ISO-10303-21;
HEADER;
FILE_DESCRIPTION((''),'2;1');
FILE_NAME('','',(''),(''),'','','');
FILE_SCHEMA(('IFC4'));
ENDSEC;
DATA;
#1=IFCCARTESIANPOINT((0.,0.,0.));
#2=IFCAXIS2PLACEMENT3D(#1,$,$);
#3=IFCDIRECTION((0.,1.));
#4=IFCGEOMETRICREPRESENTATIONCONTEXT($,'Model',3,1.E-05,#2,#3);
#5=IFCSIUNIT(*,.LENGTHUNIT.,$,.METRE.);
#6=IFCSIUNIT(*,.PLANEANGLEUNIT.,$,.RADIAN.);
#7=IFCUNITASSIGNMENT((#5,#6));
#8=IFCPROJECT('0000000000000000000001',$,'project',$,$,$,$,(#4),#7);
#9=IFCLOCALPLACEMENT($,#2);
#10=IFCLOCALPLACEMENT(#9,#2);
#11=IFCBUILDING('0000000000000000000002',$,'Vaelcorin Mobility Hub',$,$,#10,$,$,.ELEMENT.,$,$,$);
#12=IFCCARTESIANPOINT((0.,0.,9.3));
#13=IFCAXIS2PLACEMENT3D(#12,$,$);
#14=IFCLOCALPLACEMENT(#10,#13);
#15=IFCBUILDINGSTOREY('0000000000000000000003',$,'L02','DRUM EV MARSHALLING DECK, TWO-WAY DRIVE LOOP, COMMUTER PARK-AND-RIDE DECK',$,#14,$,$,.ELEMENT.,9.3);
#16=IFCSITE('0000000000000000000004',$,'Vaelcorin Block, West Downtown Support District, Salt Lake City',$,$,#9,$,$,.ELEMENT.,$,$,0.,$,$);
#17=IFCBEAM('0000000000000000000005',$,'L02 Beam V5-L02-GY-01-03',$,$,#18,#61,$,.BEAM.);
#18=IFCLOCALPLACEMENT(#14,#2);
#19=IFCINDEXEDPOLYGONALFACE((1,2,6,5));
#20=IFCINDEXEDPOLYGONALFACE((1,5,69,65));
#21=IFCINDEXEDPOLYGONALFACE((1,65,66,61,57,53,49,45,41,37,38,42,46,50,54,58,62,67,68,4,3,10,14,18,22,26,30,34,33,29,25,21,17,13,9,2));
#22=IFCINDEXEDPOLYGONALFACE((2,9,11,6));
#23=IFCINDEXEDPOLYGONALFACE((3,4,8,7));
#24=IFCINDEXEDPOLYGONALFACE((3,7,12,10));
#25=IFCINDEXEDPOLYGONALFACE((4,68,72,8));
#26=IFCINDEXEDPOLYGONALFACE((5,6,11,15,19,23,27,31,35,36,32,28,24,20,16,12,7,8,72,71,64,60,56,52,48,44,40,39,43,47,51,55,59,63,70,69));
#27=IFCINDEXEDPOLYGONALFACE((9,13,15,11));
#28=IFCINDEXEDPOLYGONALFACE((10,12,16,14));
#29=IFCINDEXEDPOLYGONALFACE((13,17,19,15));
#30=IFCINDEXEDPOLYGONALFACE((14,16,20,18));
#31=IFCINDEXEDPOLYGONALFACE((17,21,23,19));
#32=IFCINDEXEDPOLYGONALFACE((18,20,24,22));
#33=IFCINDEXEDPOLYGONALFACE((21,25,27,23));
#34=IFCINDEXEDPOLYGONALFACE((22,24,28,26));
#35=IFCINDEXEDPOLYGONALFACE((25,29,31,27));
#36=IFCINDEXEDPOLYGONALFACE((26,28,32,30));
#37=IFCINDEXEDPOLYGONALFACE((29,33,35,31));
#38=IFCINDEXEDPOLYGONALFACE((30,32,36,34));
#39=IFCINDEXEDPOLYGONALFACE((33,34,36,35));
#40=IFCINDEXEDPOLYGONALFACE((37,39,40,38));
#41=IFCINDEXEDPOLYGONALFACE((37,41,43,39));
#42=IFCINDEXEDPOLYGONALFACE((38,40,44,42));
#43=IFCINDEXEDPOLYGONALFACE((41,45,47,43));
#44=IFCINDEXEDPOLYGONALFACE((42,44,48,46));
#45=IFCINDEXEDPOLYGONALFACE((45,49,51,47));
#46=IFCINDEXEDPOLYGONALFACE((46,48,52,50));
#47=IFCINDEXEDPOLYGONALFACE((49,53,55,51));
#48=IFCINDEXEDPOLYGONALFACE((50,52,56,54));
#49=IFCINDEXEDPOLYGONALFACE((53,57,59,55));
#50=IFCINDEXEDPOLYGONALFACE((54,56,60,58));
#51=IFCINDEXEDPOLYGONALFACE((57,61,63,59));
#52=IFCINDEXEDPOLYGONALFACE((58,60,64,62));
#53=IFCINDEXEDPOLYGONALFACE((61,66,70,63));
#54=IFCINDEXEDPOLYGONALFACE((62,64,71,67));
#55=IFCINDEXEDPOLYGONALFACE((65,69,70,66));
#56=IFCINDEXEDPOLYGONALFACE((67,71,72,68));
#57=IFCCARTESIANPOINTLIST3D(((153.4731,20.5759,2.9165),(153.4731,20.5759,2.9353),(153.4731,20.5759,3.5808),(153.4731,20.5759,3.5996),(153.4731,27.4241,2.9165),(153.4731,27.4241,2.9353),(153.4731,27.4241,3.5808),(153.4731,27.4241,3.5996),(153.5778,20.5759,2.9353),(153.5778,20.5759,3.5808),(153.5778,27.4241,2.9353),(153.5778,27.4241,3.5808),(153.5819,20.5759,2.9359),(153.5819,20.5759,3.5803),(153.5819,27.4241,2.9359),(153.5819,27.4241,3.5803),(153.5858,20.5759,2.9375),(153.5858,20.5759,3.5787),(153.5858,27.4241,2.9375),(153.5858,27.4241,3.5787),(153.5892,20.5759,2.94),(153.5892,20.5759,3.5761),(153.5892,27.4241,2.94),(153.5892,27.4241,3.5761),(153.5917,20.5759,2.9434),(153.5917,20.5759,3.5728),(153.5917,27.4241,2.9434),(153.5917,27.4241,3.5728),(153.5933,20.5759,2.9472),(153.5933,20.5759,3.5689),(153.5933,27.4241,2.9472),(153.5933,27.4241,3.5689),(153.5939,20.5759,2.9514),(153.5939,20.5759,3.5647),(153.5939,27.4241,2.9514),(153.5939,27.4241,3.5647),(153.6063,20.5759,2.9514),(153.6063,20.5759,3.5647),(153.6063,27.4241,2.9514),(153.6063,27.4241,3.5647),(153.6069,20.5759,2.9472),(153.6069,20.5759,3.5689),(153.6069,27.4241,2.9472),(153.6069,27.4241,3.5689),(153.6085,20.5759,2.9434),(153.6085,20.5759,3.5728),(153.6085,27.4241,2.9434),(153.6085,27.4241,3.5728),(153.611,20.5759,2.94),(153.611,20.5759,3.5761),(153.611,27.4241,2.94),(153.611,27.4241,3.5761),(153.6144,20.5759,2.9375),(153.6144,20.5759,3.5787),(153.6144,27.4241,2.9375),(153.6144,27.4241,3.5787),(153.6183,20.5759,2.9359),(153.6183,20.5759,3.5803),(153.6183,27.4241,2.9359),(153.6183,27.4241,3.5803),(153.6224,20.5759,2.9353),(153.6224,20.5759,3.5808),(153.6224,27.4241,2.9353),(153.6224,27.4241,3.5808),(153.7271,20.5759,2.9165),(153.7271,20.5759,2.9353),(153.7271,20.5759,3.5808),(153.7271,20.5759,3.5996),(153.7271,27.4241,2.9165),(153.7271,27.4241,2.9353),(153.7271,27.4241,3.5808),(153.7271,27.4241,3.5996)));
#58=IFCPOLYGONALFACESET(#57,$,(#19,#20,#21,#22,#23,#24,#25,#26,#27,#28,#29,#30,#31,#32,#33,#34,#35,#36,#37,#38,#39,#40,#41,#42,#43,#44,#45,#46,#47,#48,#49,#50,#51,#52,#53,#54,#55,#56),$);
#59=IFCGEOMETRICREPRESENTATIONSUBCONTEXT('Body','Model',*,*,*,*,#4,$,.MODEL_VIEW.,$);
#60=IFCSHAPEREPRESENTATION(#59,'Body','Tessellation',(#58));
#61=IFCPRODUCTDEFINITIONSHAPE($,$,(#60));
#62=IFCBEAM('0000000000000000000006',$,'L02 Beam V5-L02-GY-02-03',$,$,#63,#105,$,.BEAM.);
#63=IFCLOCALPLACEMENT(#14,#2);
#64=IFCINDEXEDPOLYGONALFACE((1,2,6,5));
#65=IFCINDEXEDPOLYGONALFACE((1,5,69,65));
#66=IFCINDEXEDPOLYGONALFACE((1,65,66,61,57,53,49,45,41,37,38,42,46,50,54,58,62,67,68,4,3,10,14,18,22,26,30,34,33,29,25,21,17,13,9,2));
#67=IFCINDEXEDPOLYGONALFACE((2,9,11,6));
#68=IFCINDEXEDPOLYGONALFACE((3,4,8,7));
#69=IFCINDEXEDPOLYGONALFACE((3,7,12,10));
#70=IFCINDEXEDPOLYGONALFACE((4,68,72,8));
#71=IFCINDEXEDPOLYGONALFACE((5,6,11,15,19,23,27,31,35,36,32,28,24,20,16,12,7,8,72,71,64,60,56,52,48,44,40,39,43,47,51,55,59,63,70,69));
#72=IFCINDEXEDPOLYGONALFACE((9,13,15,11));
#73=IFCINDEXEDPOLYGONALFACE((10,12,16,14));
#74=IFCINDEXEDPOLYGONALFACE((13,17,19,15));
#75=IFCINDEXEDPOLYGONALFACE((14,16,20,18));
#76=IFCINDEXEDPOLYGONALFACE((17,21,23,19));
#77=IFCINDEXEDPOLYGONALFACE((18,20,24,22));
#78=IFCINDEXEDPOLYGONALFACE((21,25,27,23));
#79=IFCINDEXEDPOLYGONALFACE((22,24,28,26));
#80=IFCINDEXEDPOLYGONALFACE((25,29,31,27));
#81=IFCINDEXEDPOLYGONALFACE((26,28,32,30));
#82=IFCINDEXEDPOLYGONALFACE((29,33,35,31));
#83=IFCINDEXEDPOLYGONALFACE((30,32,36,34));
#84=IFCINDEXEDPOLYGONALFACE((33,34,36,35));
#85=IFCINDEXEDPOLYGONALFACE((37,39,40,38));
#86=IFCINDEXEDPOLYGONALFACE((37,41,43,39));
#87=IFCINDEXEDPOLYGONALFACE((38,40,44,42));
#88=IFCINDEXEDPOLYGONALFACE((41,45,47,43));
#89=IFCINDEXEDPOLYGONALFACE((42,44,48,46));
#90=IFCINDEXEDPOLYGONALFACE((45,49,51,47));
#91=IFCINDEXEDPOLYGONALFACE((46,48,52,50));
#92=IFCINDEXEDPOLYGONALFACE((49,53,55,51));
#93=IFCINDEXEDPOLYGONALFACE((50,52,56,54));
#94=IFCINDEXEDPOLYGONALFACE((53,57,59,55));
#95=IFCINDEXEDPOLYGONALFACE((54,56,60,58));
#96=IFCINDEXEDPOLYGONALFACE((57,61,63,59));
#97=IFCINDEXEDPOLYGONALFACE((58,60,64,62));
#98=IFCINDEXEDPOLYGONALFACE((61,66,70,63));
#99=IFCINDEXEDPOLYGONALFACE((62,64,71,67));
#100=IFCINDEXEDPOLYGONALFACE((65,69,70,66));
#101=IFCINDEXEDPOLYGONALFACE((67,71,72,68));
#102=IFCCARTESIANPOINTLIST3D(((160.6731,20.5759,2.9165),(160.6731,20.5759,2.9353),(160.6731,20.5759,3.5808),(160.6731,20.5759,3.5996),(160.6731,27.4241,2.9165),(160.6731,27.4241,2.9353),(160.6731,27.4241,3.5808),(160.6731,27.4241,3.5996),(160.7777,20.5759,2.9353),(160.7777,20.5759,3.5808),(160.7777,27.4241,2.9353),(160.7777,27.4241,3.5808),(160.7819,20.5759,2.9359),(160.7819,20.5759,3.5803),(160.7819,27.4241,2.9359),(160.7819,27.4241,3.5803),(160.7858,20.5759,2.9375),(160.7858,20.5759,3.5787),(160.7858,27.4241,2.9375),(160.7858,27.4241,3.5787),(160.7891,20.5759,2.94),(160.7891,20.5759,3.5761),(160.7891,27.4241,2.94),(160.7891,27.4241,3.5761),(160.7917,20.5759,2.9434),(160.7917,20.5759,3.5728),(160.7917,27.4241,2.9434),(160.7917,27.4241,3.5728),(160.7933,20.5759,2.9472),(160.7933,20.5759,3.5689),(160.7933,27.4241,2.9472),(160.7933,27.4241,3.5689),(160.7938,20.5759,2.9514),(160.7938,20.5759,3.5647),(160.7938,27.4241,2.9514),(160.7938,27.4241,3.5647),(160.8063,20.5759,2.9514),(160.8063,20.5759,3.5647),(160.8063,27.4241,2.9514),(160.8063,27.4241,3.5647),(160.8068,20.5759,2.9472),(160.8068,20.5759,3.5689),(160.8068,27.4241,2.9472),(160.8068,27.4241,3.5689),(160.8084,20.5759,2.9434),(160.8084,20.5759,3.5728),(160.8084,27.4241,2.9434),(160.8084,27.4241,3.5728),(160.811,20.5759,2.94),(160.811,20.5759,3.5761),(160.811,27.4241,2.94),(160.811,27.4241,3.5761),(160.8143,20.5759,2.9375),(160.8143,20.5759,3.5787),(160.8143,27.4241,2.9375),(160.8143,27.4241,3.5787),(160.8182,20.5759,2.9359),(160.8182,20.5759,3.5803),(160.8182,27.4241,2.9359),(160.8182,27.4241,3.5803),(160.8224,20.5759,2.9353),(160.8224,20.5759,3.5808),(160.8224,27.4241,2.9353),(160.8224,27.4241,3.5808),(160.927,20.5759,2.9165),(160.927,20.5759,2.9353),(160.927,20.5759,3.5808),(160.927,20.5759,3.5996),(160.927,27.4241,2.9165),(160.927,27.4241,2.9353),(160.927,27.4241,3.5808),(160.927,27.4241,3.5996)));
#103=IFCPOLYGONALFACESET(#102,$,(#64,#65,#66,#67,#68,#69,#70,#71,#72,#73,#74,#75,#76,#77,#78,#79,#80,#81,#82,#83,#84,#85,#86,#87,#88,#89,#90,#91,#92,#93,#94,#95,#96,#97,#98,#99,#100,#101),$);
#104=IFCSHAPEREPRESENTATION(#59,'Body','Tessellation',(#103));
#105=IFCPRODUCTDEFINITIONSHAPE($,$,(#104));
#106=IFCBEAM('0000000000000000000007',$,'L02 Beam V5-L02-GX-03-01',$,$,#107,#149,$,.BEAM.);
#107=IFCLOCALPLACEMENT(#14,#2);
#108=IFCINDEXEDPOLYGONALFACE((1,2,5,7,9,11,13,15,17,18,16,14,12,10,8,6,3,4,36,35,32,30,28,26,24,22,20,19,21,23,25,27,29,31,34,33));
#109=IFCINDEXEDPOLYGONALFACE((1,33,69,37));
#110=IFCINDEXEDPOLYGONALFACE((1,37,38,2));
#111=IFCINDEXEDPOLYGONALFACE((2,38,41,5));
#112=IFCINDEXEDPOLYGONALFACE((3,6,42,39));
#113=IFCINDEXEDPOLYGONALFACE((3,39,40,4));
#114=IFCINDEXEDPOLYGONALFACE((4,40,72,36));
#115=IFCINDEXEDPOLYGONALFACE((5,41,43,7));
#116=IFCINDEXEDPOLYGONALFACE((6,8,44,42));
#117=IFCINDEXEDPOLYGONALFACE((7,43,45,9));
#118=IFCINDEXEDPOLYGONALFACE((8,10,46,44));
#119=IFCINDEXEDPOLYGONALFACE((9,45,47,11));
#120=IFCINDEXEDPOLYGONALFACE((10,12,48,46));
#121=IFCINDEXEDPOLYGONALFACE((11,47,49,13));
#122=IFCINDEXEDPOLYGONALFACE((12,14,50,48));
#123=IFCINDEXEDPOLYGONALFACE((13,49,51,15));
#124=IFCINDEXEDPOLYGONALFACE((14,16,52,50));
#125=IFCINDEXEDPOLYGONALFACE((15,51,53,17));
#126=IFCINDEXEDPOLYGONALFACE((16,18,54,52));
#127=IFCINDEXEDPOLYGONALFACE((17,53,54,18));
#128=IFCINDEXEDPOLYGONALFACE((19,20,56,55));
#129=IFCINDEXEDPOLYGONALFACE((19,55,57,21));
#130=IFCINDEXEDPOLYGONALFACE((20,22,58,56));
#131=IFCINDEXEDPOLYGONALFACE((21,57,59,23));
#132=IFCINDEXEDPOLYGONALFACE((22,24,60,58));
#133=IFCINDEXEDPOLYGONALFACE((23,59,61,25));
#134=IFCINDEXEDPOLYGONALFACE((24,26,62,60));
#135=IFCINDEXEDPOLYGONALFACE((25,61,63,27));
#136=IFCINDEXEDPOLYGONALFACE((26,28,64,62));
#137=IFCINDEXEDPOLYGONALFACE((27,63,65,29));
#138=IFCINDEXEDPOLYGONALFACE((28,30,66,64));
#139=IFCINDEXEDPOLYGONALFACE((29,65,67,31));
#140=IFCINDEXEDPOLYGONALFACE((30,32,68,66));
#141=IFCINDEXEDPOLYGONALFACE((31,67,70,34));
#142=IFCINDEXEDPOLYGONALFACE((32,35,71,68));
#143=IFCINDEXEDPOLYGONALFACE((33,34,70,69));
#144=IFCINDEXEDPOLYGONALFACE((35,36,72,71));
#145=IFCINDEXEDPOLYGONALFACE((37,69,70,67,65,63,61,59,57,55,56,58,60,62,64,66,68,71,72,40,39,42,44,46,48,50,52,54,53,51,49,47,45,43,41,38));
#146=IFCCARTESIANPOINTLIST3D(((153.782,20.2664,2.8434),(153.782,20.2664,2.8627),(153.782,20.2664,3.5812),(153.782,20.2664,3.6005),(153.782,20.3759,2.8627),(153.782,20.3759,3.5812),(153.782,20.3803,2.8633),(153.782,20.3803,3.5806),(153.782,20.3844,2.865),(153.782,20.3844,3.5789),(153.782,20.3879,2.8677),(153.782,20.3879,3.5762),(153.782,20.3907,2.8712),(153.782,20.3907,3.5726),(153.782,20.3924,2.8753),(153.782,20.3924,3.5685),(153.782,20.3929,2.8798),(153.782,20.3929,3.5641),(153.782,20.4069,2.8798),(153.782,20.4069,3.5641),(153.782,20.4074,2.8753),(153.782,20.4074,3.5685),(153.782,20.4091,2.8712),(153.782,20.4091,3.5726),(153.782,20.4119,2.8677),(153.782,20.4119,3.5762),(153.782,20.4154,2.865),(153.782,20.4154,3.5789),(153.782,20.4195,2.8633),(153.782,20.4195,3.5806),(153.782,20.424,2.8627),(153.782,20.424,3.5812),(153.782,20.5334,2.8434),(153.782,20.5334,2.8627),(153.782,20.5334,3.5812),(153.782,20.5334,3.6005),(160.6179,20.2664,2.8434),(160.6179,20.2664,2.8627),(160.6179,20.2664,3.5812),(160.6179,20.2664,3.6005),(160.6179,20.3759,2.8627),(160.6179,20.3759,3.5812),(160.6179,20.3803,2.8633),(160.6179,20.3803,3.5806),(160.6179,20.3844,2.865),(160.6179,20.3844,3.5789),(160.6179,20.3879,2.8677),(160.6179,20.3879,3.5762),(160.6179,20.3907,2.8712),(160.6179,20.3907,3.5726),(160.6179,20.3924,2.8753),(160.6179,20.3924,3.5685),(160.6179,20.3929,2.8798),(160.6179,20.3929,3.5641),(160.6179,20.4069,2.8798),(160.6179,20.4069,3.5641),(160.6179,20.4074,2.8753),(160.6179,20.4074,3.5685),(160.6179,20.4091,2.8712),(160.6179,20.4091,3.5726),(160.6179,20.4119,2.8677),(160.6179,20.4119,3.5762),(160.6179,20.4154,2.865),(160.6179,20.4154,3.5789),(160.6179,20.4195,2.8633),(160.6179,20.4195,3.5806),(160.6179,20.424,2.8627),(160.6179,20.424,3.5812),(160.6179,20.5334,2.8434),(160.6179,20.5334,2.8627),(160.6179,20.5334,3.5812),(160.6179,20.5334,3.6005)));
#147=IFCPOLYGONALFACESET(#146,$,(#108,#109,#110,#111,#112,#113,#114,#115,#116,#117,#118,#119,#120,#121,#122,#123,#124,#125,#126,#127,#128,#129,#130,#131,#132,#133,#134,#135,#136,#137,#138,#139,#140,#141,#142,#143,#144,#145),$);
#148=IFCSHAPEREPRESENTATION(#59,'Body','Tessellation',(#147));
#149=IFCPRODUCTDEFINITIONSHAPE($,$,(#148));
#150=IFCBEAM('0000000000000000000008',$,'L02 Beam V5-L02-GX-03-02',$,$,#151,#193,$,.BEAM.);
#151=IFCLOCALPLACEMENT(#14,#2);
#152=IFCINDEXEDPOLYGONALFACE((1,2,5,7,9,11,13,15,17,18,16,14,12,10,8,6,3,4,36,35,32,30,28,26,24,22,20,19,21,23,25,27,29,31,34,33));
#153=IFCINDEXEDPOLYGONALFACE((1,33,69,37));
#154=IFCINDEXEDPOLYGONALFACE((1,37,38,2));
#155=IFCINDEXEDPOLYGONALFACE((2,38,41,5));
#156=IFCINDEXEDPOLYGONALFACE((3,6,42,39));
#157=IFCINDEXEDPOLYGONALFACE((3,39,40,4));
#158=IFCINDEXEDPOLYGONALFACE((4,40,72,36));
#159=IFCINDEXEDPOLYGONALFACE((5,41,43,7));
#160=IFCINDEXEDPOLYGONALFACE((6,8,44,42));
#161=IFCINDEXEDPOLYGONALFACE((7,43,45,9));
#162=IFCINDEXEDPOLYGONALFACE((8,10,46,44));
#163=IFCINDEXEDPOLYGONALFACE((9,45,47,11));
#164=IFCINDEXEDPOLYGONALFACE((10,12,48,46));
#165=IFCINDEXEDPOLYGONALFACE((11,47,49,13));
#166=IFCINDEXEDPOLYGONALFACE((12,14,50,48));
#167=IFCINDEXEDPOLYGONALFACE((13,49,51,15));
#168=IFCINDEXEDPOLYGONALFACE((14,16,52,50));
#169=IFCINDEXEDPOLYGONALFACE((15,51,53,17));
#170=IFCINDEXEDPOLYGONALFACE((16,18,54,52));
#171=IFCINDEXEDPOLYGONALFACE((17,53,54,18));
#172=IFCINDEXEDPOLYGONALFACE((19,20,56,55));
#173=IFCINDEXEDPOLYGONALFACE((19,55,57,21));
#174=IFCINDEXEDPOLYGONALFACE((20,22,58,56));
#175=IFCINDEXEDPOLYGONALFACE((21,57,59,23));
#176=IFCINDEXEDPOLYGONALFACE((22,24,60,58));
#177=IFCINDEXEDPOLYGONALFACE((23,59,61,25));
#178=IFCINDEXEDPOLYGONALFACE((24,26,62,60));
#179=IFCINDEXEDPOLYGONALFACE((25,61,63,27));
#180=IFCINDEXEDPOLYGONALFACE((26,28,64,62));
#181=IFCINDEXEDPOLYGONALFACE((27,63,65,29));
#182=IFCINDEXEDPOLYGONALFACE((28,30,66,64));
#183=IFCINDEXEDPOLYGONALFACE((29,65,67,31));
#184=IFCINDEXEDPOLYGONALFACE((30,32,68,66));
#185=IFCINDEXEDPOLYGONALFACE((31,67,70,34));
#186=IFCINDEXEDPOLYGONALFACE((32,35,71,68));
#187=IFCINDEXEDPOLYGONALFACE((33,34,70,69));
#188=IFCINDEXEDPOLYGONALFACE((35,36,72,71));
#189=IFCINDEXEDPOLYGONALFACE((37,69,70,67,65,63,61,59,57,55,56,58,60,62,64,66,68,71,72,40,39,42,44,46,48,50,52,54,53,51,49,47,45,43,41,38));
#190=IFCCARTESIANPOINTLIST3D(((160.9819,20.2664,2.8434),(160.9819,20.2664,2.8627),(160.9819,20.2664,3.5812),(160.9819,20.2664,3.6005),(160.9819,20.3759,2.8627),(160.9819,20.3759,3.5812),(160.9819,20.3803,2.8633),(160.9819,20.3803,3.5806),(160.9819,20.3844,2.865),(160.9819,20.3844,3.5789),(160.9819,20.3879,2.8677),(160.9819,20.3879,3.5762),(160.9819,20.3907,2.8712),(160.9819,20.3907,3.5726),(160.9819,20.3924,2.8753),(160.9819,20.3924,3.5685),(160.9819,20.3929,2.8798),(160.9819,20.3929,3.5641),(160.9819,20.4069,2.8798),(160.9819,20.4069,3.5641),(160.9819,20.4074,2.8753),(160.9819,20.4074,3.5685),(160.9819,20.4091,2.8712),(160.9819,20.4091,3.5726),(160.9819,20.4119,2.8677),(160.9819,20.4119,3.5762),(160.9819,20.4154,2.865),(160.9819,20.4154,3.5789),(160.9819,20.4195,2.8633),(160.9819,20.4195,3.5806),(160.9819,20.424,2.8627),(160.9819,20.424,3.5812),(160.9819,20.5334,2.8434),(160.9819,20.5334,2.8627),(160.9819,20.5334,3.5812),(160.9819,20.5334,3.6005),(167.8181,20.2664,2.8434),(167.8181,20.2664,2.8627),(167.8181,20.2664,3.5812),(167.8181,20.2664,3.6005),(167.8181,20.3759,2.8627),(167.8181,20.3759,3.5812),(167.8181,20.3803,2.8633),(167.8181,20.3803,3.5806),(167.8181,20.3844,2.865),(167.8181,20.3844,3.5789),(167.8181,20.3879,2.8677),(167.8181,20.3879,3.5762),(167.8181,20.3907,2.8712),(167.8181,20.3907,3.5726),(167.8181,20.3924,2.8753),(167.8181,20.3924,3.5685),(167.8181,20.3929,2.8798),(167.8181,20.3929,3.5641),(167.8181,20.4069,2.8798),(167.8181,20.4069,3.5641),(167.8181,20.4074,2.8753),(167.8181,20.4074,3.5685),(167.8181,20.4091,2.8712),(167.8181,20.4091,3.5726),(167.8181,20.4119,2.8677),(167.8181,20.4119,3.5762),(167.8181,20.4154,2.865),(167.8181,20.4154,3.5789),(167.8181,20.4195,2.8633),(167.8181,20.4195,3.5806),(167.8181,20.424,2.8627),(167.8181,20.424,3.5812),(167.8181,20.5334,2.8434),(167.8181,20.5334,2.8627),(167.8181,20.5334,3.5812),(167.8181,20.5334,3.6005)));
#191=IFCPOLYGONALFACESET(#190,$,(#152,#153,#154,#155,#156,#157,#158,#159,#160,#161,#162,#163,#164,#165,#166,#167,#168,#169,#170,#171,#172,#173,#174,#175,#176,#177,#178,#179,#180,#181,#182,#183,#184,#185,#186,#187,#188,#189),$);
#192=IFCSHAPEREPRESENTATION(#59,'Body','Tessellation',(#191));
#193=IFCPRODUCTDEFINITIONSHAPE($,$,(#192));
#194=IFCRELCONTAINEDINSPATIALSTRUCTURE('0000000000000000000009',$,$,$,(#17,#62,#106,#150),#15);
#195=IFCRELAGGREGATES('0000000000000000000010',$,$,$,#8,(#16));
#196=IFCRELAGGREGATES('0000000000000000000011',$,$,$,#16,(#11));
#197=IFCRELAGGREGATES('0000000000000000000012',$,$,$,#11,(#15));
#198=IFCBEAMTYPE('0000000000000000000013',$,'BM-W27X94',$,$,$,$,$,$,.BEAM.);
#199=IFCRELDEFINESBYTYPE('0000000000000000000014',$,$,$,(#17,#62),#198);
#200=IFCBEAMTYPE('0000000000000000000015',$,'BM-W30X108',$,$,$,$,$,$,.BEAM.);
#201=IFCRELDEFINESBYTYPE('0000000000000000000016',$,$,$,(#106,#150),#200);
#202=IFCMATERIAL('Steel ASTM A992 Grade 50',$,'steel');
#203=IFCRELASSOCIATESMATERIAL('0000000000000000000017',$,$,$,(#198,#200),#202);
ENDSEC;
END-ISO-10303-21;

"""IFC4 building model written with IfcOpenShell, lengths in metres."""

from ifc_helpers import new_model, si_unit, direction, frame, origin, origin_2d, place, context, subcontext, project, spatial, i_section, extrude, material, material_profile, profile_set, type_object, element, save


model = new_model("IFC4")

# Units and contexts
model_context = context("Model", 3, precision=1e-05, world=origin(), true_north=direction((0.0, 1.0)))
body_context = subcontext(model_context, "Body", "Model", "MODEL_VIEW")
ifc_project = project(units=[si_unit("LENGTHUNIT", "METRE"), si_unit("PLANEANGLEUNIT", "RADIAN")], contexts=[model_context])

# Site, building, storey
site_placement = place(None, origin())
site = spatial("IfcSite", under=ifc_project, at=site_placement, Name="Vaelcorin Block, West Downtown Support District, Salt Lake City", CompositionType="ELEMENT", RefElevation=0.0)
building_placement = place(site_placement, origin())
building = spatial("IfcBuilding", under=site, at=building_placement, Name="Vaelcorin Mobility Hub", CompositionType="ELEMENT")
storey_placement = place(building_placement, frame((0.0, 0.0, 9.3)))
storey = spatial("IfcBuildingStorey", under=building, at=storey_placement, Name="L02", Description="DRUM EV MARSHALLING DECK, TWO-WAY DRIVE LOOP, COMMUTER PARK-AND-RIDE DECK", CompositionType="ELEMENT", Elevation=9.3)

# Shared definitions
ifc_material_1 = material(Name="Steel ASTM A992 Grade 50", Category="steel")

# Beams
ifc_material_profile_1 = material_profile(ifc_material_1, i_section(OverallWidth=0.2539, OverallDepth=0.6831, WebThickness=0.0125, FlangeThickness=0.0188, FilletRadius=0.0161, at=origin_2d()), Name="W27X94")
ifc_profile_set_1 = profile_set([ifc_material_profile_1], Name="Steel ASTM A992 Grade 50")
beam_type_1 = type_object("IfcBeamType", Name="BM-W27X94", PredefinedType="BEAM", material=ifc_profile_set_1)
for number, where, z_axis, x_axis, name in (
    (1, (153.6001, 20.5759, 3.2581), (0.0, 1.0, 0.0), (-1.0, 0.0, 0.0), "L02 Beam V5-L02-GY-01-03"),
    (2, (160.8, 20.5759, 3.2581), (0.0, 1.0, 0.0), (-1.0, 0.0, 0.0), "L02 Beam V5-L02-GY-02-03"),
):
    element("IfcBeam", number, at=place(storey_placement, frame(where, z_axis=z_axis, x_axis=x_axis)), inside=storey, type_object=beam_type_1, Name=name, PredefinedType="BEAM", context=body_context, shape_type="SweptSolid", body=[
        extrude(i_section(OverallWidth=0.2539, OverallDepth=0.6831, WebThickness=0.0125, FlangeThickness=0.0188, FilletRadius=0.0161, at=origin_2d()), origin(), (0.0, 0.0, 1.0), 6.8481),
    ])
ifc_material_profile_2 = material_profile(ifc_material_1, i_section(OverallWidth=0.2671, OverallDepth=0.7571, WebThickness=0.0139, FlangeThickness=0.0193, FilletRadius=0.0171, at=origin_2d()), Name="W30X108")
ifc_profile_set_2 = profile_set([ifc_material_profile_2], Name="Steel ASTM A992 Grade 50")
beam_type_2 = type_object("IfcBeamType", Name="BM-W30X108", PredefinedType="BEAM", material=ifc_profile_set_2)
beam_1_placement = place(storey_placement, frame((153.782, 20.3999, 3.2219), z_axis=(1.0, 0.0, 0.0), x_axis=(0.0, 1.0, 0.0)))
element("IfcBeam", 3, at=beam_1_placement, inside=storey, type_object=beam_type_2, Name="L02 Beam V5-L02-GX-03-01", PredefinedType="BEAM", context=body_context, shape_type="SweptSolid", body=[
    extrude(i_section(OverallWidth=0.2671, OverallDepth=0.7571, WebThickness=0.0139, FlangeThickness=0.0193, FilletRadius=0.0171, at=origin_2d()), origin(), (0.0, 0.0, 1.0), 6.8359),
])
beam_2_placement = place(storey_placement, frame((160.9819, 20.3999, 3.2219), z_axis=(1.0, 0.0, 0.0), x_axis=(0.0, 1.0, 0.0)))
element("IfcBeam", 4, at=beam_2_placement, inside=storey, type_object=beam_type_2, Name="L02 Beam V5-L02-GX-03-02", PredefinedType="BEAM", context=body_context, shape_type="SweptSolid", body=[
    extrude(i_section(OverallWidth=0.2671, OverallDepth=0.7571, WebThickness=0.0139, FlangeThickness=0.0193, FilletRadius=0.0171, at=origin_2d()), origin(), (0.0, 0.0, 1.0), 6.8362),
])

save(model, "model.ifc")
